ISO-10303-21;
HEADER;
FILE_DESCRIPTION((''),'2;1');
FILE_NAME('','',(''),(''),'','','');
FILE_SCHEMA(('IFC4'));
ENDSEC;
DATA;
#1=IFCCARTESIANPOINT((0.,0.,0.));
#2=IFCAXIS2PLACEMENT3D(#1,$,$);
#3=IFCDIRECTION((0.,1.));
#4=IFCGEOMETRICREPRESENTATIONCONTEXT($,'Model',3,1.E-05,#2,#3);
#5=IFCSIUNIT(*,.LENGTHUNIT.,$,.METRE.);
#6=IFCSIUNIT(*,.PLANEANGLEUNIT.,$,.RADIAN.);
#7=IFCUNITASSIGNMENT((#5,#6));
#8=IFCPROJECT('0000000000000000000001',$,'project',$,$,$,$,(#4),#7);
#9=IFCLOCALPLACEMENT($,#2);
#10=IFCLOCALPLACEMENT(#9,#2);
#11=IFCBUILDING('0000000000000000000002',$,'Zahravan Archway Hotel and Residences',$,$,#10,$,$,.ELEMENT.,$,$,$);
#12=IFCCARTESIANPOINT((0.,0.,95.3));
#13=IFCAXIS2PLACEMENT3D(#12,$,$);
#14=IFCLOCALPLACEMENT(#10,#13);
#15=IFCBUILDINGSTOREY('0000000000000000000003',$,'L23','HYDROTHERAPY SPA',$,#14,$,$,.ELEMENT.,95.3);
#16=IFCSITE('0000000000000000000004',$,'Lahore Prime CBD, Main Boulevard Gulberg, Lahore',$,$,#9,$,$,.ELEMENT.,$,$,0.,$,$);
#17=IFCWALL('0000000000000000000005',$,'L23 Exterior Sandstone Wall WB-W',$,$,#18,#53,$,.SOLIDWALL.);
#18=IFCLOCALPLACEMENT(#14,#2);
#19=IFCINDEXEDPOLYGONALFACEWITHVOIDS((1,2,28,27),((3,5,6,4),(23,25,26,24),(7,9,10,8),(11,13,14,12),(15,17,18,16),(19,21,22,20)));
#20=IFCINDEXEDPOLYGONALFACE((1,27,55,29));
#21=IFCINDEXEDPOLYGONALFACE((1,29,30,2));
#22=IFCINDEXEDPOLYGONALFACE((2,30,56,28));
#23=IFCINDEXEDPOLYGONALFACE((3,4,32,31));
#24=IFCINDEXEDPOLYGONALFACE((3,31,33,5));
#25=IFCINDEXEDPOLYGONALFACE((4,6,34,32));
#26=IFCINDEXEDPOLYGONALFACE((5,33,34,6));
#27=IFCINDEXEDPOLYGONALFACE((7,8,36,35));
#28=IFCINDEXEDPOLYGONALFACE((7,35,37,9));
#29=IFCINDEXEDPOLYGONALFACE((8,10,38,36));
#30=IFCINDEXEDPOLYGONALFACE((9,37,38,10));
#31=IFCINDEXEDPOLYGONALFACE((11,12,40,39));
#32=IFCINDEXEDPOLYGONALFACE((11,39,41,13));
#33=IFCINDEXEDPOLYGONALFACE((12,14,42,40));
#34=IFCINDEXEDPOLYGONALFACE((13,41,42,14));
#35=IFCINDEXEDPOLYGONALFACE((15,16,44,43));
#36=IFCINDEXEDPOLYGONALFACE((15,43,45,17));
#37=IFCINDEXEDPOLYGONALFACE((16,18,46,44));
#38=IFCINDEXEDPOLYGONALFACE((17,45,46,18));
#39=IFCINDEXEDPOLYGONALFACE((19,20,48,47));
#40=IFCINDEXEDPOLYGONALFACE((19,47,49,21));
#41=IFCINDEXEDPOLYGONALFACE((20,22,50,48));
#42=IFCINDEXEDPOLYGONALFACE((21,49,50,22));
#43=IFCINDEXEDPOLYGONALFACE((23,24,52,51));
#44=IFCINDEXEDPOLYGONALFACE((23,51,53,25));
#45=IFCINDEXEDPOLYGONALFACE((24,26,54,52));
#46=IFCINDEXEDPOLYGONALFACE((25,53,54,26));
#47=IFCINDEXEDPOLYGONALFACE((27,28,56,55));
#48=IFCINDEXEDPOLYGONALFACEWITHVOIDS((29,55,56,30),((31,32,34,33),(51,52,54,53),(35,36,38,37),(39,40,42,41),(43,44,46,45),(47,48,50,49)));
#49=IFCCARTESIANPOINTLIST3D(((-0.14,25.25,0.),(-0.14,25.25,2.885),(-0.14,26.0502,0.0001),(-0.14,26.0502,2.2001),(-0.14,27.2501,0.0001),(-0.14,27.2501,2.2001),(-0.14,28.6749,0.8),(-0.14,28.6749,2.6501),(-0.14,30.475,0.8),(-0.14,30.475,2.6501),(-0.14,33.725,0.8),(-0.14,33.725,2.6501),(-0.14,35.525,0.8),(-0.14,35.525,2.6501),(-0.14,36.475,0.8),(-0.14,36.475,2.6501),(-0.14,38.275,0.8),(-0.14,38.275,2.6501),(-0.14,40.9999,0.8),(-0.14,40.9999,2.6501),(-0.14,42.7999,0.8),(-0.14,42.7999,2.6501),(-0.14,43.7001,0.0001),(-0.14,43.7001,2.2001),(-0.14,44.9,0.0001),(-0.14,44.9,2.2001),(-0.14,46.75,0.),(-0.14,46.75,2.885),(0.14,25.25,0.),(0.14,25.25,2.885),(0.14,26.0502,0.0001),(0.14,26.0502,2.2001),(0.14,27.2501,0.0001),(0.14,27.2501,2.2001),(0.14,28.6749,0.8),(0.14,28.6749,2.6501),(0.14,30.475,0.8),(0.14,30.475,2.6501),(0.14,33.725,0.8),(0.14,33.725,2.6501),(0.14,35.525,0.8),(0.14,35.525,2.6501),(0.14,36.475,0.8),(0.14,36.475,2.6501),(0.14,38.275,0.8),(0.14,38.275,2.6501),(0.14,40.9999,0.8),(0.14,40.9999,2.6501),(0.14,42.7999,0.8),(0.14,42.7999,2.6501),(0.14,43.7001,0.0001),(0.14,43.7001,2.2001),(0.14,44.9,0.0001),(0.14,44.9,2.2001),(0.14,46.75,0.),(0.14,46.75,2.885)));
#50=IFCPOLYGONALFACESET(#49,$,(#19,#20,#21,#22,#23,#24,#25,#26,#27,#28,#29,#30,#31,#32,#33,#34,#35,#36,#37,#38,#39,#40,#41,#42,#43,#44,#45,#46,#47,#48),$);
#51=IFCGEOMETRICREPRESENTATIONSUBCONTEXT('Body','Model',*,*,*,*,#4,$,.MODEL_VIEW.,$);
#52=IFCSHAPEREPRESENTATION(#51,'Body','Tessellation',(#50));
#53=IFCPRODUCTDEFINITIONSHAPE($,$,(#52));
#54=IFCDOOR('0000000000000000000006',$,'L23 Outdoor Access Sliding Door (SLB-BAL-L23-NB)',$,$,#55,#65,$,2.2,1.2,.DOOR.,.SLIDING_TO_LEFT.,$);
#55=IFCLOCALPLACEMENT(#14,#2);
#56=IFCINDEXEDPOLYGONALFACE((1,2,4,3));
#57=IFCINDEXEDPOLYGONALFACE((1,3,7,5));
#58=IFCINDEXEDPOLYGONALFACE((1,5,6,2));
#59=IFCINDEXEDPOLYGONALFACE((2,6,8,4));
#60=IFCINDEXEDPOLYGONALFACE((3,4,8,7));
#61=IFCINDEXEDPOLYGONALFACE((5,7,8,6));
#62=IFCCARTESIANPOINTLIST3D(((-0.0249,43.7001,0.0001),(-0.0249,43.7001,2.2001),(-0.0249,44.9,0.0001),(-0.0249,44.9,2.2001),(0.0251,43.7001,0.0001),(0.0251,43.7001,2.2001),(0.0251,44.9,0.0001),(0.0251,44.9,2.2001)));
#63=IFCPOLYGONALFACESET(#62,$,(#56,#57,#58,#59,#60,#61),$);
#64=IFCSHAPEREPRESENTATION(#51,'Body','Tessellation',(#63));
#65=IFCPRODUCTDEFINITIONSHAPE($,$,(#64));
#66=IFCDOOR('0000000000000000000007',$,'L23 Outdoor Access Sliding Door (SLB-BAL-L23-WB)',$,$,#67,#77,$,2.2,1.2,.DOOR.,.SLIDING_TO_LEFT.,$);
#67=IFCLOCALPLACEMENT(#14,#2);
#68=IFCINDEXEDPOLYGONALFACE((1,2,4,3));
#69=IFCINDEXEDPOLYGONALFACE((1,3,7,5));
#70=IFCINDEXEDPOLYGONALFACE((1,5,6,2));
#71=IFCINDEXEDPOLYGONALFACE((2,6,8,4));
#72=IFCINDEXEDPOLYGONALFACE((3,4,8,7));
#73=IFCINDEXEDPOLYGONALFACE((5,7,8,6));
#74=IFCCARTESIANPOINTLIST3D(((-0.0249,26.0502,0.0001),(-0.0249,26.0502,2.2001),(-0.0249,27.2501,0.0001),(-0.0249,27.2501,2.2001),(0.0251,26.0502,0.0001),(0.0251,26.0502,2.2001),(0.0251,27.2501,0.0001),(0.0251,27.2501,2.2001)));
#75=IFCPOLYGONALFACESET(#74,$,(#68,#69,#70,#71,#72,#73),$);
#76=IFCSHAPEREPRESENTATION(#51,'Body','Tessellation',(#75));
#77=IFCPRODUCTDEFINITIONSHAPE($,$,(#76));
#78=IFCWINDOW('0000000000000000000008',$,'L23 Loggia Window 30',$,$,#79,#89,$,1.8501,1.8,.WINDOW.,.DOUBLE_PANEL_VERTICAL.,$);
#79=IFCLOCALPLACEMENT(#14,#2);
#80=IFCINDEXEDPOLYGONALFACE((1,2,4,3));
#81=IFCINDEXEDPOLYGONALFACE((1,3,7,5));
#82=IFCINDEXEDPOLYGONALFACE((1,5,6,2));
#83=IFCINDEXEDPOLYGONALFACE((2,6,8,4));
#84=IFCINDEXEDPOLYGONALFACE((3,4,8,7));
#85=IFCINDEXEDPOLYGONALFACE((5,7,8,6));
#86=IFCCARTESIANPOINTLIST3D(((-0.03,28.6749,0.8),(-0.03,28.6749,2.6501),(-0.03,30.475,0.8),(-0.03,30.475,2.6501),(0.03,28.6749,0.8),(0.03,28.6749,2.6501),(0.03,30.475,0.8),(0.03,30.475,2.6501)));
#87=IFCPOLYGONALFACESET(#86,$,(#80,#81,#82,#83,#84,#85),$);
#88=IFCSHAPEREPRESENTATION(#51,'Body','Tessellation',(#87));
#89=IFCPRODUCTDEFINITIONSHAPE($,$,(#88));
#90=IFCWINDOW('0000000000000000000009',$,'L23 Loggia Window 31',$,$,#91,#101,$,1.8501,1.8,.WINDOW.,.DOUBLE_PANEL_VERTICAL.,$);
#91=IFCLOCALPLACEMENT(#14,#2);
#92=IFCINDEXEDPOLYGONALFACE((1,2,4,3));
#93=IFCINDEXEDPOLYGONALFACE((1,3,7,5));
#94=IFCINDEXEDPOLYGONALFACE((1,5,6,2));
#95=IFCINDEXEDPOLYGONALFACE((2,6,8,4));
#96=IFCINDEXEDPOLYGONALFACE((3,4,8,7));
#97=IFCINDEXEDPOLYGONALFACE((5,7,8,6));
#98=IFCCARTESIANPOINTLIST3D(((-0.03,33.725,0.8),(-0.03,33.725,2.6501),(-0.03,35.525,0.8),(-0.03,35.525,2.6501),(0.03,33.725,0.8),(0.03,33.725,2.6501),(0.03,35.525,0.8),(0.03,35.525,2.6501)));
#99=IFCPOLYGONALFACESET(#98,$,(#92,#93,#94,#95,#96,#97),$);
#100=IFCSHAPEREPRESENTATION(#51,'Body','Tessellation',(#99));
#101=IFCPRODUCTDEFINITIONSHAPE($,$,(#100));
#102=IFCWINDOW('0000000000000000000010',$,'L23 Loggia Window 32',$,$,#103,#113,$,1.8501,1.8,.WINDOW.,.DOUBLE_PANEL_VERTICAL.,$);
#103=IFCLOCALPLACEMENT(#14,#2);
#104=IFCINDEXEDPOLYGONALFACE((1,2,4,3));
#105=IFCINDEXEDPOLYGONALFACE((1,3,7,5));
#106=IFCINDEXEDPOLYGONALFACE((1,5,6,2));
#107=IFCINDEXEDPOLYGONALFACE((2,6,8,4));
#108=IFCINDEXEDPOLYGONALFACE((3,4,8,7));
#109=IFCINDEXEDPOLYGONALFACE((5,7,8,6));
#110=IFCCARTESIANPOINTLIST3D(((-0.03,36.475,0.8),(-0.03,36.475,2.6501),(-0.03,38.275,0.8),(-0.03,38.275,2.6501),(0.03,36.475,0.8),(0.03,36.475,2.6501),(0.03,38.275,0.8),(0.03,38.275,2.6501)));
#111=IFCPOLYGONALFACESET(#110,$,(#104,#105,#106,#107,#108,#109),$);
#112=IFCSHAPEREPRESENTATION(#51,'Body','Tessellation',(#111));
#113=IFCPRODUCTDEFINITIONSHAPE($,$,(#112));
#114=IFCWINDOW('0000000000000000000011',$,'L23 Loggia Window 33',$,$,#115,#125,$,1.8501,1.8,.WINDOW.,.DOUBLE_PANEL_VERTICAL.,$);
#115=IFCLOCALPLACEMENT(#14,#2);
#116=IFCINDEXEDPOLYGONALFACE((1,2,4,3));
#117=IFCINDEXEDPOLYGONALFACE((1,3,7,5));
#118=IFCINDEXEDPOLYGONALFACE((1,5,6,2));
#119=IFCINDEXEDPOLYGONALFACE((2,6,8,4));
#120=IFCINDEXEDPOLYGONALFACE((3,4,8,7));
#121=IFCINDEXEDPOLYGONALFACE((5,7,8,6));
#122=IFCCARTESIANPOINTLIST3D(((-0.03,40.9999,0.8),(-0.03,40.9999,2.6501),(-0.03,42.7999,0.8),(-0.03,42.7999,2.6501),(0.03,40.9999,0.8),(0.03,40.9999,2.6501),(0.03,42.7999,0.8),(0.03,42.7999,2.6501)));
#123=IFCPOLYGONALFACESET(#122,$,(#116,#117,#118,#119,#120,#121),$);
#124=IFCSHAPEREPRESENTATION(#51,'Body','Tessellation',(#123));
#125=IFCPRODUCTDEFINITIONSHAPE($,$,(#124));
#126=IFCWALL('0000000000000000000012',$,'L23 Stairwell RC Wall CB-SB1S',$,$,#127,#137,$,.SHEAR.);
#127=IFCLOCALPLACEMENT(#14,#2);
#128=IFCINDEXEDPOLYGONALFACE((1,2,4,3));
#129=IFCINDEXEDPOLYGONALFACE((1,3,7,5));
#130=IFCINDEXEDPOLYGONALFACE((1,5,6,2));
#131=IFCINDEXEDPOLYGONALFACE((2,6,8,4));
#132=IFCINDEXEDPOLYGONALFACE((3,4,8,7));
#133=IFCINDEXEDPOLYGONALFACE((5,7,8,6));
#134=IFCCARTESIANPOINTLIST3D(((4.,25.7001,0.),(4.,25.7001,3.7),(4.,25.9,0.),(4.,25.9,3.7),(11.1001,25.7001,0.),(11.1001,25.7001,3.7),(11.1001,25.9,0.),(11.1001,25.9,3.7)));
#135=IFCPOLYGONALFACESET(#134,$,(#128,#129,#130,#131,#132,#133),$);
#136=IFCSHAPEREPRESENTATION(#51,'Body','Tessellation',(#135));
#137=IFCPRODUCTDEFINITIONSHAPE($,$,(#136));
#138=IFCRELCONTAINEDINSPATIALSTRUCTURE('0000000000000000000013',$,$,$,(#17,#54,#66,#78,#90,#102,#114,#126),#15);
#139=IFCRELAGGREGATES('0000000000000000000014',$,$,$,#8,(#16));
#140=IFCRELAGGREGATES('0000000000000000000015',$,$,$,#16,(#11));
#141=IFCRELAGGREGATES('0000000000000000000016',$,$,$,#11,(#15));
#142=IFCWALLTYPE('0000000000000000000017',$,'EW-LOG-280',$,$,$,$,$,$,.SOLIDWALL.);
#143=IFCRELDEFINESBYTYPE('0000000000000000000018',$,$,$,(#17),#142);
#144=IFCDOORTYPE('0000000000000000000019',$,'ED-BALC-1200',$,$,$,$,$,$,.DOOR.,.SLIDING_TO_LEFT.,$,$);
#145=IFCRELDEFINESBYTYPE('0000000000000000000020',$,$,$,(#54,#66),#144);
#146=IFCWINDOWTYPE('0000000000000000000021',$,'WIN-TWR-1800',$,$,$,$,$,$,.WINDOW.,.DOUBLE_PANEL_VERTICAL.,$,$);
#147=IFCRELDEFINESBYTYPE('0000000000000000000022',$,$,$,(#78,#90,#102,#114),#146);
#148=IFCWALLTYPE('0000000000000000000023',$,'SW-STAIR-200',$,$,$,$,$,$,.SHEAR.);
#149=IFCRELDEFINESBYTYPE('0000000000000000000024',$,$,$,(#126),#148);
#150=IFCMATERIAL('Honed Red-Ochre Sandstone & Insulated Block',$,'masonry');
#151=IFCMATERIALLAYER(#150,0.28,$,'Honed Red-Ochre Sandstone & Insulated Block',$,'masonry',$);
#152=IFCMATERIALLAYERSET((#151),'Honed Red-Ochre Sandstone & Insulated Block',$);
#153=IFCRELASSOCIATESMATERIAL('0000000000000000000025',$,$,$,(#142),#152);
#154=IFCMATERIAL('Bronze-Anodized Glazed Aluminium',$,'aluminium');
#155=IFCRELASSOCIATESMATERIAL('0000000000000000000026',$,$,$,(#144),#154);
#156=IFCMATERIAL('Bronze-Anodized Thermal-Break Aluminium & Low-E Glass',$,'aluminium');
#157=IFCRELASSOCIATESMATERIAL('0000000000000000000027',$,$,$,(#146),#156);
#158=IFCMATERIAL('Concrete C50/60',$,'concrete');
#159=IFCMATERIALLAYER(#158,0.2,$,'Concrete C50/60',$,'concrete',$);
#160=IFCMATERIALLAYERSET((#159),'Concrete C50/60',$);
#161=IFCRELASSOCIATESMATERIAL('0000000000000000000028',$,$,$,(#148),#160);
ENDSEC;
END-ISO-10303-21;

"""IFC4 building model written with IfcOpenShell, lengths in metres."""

from ifc_helpers import new_model, si_unit, direction, frame, frame_2d, origin, place, context, subcontext, project, spatial, rectangle, extrude, source, transform, mapped, material, layer, layer_set, type_object, type_shapes, element, fill, save


model = new_model("IFC4")

# Units and contexts
model_context = context("Model", 3, precision=1e-05, world=origin(), true_north=direction((0.0, 1.0)))
body_context = subcontext(model_context, "Body", "Model", "MODEL_VIEW")
ifc_project = project(units=[si_unit("LENGTHUNIT", "METRE"), si_unit("PLANEANGLEUNIT", "RADIAN")], contexts=[model_context])

# Site, building, storey
site_placement = place(None, origin())
site = spatial("IfcSite", under=ifc_project, at=site_placement, Name="Lahore Prime CBD, Main Boulevard Gulberg, Lahore", CompositionType="ELEMENT", RefElevation=0.0)
building_placement = place(site_placement, origin())
building = spatial("IfcBuilding", under=site, at=building_placement, Name="Zahravan Archway Hotel and Residences", CompositionType="ELEMENT")
storey_placement = place(building_placement, frame((0.0, 0.0, 95.3)))
storey = spatial("IfcBuildingStorey", under=building, at=storey_placement, Name="L23", Description="HYDROTHERAPY SPA", CompositionType="ELEMENT", Elevation=95.3)

# Shared definitions
ifc_material_1 = material(Name="Honed Red-Ochre Sandstone & Insulated Block", Category="masonry")
ifc_layer_1 = layer(ifc_material_1, 0.28, Name="Honed Red-Ochre Sandstone & Insulated Block", Category="masonry")
ifc_layer_set_1 = layer_set([ifc_layer_1], Name="Honed Red-Ochre Sandstone & Insulated Block")
wall_type_1 = type_object("IfcWallType", Name="EW-LOG-280", PredefinedType="SOLIDWALL", material=ifc_layer_set_1)
ifc_material_2 = material(Name="Bronze-Anodized Thermal-Break Aluminium & Low-E Glass", Category="aluminium")

# Wall, openings, doors, windows
wall_1_placement = place(storey_placement, frame((0.0, 25.25, 0.0), z_axis=(0.0, 0.0, 1.0), x_axis=(0.0, 1.0, 0.0)))
wall_1 = element("IfcWall", 1, at=wall_1_placement, inside=storey, type_object=wall_type_1, Name="L23 Exterior Sandstone Wall WB-W", PredefinedType="SOLIDWALL", context=body_context, shape_type="SweptSolid", body=[
    extrude(rectangle(XDim=21.5, YDim=0.28, at=frame_2d((10.75, 0.0))), origin(), (0.0, 0.0, 1.0), 2.885),
])
opening_1_placement = place(wall_1_placement, frame((18.45, 0.0, 0.0)))
opening_1 = element("IfcOpeningElement", 2, at=opening_1_placement, cuts=wall_1, PredefinedType="OPENING", context=body_context, shape_type="SweptSolid", body=[
    extrude(rectangle(XDim=1.2, YDim=2.2, at=frame_2d((0.6001, 1.1001))), frame((0.0, 0.1499, 0.0), z_axis=(0.0, -1.0, 0.0), x_axis=(1.0, 0.0, 0.0)), (0.0, 0.0, 1.0), 0.3),
])
opening_2_placement = place(wall_1_placement, frame((0.8, 0.0, 0.0)))
opening_2 = element("IfcOpeningElement", 3, at=opening_2_placement, cuts=wall_1, PredefinedType="OPENING", context=body_context, shape_type="SweptSolid", body=[
    extrude(rectangle(XDim=1.2, YDim=2.2, at=frame_2d((0.6001, 1.1001))), frame((0.0, 0.1499, 0.0), z_axis=(0.0, -1.0, 0.0), x_axis=(1.0, 0.0, 0.0)), (0.0, 0.0, 1.0), 0.3),
])
opening_3_placement = place(wall_1_placement, frame((3.425, 0.0, 0.8)))
opening_3 = element("IfcOpeningElement", 4, at=opening_3_placement, cuts=wall_1, PredefinedType="OPENING", context=body_context, shape_type="SweptSolid", body=[
    extrude(rectangle(XDim=1.8, YDim=1.8501, at=frame_2d((0.8999, 0.925))), frame((0.0, 0.1499, 0.0), z_axis=(0.0, -1.0, 0.0), x_axis=(1.0, 0.0, 0.0)), (0.0, 0.0, 1.0), 0.3),
])
opening_4_placement = place(wall_1_placement, frame((8.4751, 0.0, 0.8)))
opening_4 = element("IfcOpeningElement", 5, at=opening_4_placement, cuts=wall_1, PredefinedType="OPENING", context=body_context, shape_type="SweptSolid", body=[
    extrude(rectangle(XDim=1.8, YDim=1.8501, at=frame_2d((0.8999, 0.925))), frame((0.0, 0.1499, 0.0), z_axis=(0.0, -1.0, 0.0), x_axis=(1.0, 0.0, 0.0)), (0.0, 0.0, 1.0), 0.3),
])
opening_5_placement = place(wall_1_placement, frame((11.2251, 0.0, 0.8)))
opening_5 = element("IfcOpeningElement", 6, at=opening_5_placement, cuts=wall_1, PredefinedType="OPENING", context=body_context, shape_type="SweptSolid", body=[
    extrude(rectangle(XDim=1.8, YDim=1.8501, at=frame_2d((0.8999, 0.925))), frame((0.0, 0.1499, 0.0), z_axis=(0.0, -1.0, 0.0), x_axis=(1.0, 0.0, 0.0)), (0.0, 0.0, 1.0), 0.3),
])
opening_6_placement = place(wall_1_placement, frame((15.75, 0.0, 0.8)))
opening_6 = element("IfcOpeningElement", 7, at=opening_6_placement, cuts=wall_1, PredefinedType="OPENING", context=body_context, shape_type="SweptSolid", body=[
    extrude(rectangle(XDim=1.8, YDim=1.8501, at=frame_2d((0.8999, 0.925))), frame((0.0, 0.1499, 0.0), z_axis=(0.0, -1.0, 0.0), x_axis=(1.0, 0.0, 0.0)), (0.0, 0.0, 1.0), 0.3),
])
ifc_material_3 = material(Name="Bronze-Anodized Glazed Aluminium", Category="aluminium")
door_type_1 = type_object("IfcDoorType", Name="ED-BALC-1200", OperationType="SLIDING_TO_LEFT", PredefinedType="DOOR", material=ifc_material_3)
shared_shape_1 = source(origin(), body_context, "Body", "SweptSolid", [
    extrude(rectangle(XDim=1.2, YDim=2.2, at=frame_2d((0.6001, 1.1001))), frame((0.0, 0.0249, 0.0), z_axis=(0.0, -1.0, 0.0), x_axis=(1.0, 0.0, 0.0)), (0.0, 0.0, 1.0), 0.05),
])
type_shapes(door_type_1, [shared_shape_1])
door_1_placement = place(opening_1_placement, origin())
door_1 = element("IfcDoor", 8, at=door_1_placement, inside=storey, type_object=door_type_1, Name="L23 Outdoor Access Sliding Door (SLB-BAL-L23-NB)", OperationType="SLIDING_TO_LEFT", OverallHeight=2.2, OverallWidth=1.2, PredefinedType="DOOR", context=body_context, shape_type="MappedRepresentation", body=[
    mapped(shared_shape_1, transform((0.0, 0.0, 0.0), scale=1.0)),
])
fill(opening_1, door_1)
door_2_placement = place(opening_2_placement, origin())
door_2 = element("IfcDoor", 9, at=door_2_placement, inside=storey, type_object=door_type_1, Name="L23 Outdoor Access Sliding Door (SLB-BAL-L23-WB)", OperationType="SLIDING_TO_LEFT", OverallHeight=2.2, OverallWidth=1.2, PredefinedType="DOOR", context=body_context, shape_type="MappedRepresentation", body=[
    mapped(shared_shape_1, transform((0.0, 0.0, 0.0), scale=1.0)),
])
fill(opening_2, door_2)
window_type_1 = type_object("IfcWindowType", Name="WIN-TWR-1800", PartitioningType="DOUBLE_PANEL_VERTICAL", PredefinedType="WINDOW", material=ifc_material_2)
shared_shape_2 = source(origin(), body_context, "Body", "SweptSolid", [
    extrude(rectangle(XDim=1.8, YDim=1.8501, at=frame_2d((0.8999, 0.925))), frame((0.0, 0.03, 0.0), z_axis=(0.0, -1.0, 0.0), x_axis=(1.0, 0.0, 0.0)), (0.0, 0.0, 1.0), 0.0601),
])
type_shapes(window_type_1, [shared_shape_2])
window_1_placement = place(opening_3_placement, origin())
window_1 = element("IfcWindow", 10, at=window_1_placement, inside=storey, type_object=window_type_1, Name="L23 Loggia Window 30", OverallHeight=1.8501, OverallWidth=1.8, PartitioningType="DOUBLE_PANEL_VERTICAL", PredefinedType="WINDOW", context=body_context, shape_type="MappedRepresentation", body=[
    mapped(shared_shape_2, transform((0.0, 0.0, 0.0), scale=1.0)),
])
fill(opening_3, window_1)
window_2_placement = place(opening_4_placement, origin())
window_2 = element("IfcWindow", 11, at=window_2_placement, inside=storey, type_object=window_type_1, Name="L23 Loggia Window 31", OverallHeight=1.8501, OverallWidth=1.8, PartitioningType="DOUBLE_PANEL_VERTICAL", PredefinedType="WINDOW", context=body_context, shape_type="MappedRepresentation", body=[
    mapped(shared_shape_2, transform((0.0, 0.0, 0.0), scale=1.0)),
])
fill(opening_4, window_2)
window_3_placement = place(opening_5_placement, origin())
window_3 = element("IfcWindow", 12, at=window_3_placement, inside=storey, type_object=window_type_1, Name="L23 Loggia Window 32", OverallHeight=1.8501, OverallWidth=1.8, PartitioningType="DOUBLE_PANEL_VERTICAL", PredefinedType="WINDOW", context=body_context, shape_type="MappedRepresentation", body=[
    mapped(shared_shape_2, transform((0.0, 0.0, 0.0), scale=1.0)),
])
fill(opening_5, window_3)
window_4_placement = place(opening_6_placement, origin())
window_4 = element("IfcWindow", 13, at=window_4_placement, inside=storey, type_object=window_type_1, Name="L23 Loggia Window 33", OverallHeight=1.8501, OverallWidth=1.8, PartitioningType="DOUBLE_PANEL_VERTICAL", PredefinedType="WINDOW", context=body_context, shape_type="MappedRepresentation", body=[
    mapped(shared_shape_2, transform((0.0, 0.0, 0.0), scale=1.0)),
])
fill(opening_6, window_4)

# Wall
ifc_material_4 = material(Name="Concrete C50/60", Category="concrete")
ifc_layer_2 = layer(ifc_material_4, 0.2, Name="Concrete C50/60", Category="concrete")
ifc_layer_set_2 = layer_set([ifc_layer_2], Name="Concrete C50/60")
wall_type_2 = type_object("IfcWallType", Name="SW-STAIR-200", PredefinedType="SHEAR", material=ifc_layer_set_2)
wall_2_placement = place(storey_placement, frame((4.0, 25.8, 0.0), z_axis=(0.0, 0.0, 1.0), x_axis=(1.0, 0.0, 0.0)))
element("IfcWall", 14, at=wall_2_placement, inside=storey, type_object=wall_type_2, Name="L23 Stairwell RC Wall CB-SB1S", PredefinedType="SHEAR", context=body_context, shape_type="SweptSolid", body=[
    extrude(rectangle(XDim=7.1001, YDim=0.2, at=frame_2d((3.55, 0.0))), origin(), (0.0, 0.0, 1.0), 3.7),
])

save(model, "model.ifc")
